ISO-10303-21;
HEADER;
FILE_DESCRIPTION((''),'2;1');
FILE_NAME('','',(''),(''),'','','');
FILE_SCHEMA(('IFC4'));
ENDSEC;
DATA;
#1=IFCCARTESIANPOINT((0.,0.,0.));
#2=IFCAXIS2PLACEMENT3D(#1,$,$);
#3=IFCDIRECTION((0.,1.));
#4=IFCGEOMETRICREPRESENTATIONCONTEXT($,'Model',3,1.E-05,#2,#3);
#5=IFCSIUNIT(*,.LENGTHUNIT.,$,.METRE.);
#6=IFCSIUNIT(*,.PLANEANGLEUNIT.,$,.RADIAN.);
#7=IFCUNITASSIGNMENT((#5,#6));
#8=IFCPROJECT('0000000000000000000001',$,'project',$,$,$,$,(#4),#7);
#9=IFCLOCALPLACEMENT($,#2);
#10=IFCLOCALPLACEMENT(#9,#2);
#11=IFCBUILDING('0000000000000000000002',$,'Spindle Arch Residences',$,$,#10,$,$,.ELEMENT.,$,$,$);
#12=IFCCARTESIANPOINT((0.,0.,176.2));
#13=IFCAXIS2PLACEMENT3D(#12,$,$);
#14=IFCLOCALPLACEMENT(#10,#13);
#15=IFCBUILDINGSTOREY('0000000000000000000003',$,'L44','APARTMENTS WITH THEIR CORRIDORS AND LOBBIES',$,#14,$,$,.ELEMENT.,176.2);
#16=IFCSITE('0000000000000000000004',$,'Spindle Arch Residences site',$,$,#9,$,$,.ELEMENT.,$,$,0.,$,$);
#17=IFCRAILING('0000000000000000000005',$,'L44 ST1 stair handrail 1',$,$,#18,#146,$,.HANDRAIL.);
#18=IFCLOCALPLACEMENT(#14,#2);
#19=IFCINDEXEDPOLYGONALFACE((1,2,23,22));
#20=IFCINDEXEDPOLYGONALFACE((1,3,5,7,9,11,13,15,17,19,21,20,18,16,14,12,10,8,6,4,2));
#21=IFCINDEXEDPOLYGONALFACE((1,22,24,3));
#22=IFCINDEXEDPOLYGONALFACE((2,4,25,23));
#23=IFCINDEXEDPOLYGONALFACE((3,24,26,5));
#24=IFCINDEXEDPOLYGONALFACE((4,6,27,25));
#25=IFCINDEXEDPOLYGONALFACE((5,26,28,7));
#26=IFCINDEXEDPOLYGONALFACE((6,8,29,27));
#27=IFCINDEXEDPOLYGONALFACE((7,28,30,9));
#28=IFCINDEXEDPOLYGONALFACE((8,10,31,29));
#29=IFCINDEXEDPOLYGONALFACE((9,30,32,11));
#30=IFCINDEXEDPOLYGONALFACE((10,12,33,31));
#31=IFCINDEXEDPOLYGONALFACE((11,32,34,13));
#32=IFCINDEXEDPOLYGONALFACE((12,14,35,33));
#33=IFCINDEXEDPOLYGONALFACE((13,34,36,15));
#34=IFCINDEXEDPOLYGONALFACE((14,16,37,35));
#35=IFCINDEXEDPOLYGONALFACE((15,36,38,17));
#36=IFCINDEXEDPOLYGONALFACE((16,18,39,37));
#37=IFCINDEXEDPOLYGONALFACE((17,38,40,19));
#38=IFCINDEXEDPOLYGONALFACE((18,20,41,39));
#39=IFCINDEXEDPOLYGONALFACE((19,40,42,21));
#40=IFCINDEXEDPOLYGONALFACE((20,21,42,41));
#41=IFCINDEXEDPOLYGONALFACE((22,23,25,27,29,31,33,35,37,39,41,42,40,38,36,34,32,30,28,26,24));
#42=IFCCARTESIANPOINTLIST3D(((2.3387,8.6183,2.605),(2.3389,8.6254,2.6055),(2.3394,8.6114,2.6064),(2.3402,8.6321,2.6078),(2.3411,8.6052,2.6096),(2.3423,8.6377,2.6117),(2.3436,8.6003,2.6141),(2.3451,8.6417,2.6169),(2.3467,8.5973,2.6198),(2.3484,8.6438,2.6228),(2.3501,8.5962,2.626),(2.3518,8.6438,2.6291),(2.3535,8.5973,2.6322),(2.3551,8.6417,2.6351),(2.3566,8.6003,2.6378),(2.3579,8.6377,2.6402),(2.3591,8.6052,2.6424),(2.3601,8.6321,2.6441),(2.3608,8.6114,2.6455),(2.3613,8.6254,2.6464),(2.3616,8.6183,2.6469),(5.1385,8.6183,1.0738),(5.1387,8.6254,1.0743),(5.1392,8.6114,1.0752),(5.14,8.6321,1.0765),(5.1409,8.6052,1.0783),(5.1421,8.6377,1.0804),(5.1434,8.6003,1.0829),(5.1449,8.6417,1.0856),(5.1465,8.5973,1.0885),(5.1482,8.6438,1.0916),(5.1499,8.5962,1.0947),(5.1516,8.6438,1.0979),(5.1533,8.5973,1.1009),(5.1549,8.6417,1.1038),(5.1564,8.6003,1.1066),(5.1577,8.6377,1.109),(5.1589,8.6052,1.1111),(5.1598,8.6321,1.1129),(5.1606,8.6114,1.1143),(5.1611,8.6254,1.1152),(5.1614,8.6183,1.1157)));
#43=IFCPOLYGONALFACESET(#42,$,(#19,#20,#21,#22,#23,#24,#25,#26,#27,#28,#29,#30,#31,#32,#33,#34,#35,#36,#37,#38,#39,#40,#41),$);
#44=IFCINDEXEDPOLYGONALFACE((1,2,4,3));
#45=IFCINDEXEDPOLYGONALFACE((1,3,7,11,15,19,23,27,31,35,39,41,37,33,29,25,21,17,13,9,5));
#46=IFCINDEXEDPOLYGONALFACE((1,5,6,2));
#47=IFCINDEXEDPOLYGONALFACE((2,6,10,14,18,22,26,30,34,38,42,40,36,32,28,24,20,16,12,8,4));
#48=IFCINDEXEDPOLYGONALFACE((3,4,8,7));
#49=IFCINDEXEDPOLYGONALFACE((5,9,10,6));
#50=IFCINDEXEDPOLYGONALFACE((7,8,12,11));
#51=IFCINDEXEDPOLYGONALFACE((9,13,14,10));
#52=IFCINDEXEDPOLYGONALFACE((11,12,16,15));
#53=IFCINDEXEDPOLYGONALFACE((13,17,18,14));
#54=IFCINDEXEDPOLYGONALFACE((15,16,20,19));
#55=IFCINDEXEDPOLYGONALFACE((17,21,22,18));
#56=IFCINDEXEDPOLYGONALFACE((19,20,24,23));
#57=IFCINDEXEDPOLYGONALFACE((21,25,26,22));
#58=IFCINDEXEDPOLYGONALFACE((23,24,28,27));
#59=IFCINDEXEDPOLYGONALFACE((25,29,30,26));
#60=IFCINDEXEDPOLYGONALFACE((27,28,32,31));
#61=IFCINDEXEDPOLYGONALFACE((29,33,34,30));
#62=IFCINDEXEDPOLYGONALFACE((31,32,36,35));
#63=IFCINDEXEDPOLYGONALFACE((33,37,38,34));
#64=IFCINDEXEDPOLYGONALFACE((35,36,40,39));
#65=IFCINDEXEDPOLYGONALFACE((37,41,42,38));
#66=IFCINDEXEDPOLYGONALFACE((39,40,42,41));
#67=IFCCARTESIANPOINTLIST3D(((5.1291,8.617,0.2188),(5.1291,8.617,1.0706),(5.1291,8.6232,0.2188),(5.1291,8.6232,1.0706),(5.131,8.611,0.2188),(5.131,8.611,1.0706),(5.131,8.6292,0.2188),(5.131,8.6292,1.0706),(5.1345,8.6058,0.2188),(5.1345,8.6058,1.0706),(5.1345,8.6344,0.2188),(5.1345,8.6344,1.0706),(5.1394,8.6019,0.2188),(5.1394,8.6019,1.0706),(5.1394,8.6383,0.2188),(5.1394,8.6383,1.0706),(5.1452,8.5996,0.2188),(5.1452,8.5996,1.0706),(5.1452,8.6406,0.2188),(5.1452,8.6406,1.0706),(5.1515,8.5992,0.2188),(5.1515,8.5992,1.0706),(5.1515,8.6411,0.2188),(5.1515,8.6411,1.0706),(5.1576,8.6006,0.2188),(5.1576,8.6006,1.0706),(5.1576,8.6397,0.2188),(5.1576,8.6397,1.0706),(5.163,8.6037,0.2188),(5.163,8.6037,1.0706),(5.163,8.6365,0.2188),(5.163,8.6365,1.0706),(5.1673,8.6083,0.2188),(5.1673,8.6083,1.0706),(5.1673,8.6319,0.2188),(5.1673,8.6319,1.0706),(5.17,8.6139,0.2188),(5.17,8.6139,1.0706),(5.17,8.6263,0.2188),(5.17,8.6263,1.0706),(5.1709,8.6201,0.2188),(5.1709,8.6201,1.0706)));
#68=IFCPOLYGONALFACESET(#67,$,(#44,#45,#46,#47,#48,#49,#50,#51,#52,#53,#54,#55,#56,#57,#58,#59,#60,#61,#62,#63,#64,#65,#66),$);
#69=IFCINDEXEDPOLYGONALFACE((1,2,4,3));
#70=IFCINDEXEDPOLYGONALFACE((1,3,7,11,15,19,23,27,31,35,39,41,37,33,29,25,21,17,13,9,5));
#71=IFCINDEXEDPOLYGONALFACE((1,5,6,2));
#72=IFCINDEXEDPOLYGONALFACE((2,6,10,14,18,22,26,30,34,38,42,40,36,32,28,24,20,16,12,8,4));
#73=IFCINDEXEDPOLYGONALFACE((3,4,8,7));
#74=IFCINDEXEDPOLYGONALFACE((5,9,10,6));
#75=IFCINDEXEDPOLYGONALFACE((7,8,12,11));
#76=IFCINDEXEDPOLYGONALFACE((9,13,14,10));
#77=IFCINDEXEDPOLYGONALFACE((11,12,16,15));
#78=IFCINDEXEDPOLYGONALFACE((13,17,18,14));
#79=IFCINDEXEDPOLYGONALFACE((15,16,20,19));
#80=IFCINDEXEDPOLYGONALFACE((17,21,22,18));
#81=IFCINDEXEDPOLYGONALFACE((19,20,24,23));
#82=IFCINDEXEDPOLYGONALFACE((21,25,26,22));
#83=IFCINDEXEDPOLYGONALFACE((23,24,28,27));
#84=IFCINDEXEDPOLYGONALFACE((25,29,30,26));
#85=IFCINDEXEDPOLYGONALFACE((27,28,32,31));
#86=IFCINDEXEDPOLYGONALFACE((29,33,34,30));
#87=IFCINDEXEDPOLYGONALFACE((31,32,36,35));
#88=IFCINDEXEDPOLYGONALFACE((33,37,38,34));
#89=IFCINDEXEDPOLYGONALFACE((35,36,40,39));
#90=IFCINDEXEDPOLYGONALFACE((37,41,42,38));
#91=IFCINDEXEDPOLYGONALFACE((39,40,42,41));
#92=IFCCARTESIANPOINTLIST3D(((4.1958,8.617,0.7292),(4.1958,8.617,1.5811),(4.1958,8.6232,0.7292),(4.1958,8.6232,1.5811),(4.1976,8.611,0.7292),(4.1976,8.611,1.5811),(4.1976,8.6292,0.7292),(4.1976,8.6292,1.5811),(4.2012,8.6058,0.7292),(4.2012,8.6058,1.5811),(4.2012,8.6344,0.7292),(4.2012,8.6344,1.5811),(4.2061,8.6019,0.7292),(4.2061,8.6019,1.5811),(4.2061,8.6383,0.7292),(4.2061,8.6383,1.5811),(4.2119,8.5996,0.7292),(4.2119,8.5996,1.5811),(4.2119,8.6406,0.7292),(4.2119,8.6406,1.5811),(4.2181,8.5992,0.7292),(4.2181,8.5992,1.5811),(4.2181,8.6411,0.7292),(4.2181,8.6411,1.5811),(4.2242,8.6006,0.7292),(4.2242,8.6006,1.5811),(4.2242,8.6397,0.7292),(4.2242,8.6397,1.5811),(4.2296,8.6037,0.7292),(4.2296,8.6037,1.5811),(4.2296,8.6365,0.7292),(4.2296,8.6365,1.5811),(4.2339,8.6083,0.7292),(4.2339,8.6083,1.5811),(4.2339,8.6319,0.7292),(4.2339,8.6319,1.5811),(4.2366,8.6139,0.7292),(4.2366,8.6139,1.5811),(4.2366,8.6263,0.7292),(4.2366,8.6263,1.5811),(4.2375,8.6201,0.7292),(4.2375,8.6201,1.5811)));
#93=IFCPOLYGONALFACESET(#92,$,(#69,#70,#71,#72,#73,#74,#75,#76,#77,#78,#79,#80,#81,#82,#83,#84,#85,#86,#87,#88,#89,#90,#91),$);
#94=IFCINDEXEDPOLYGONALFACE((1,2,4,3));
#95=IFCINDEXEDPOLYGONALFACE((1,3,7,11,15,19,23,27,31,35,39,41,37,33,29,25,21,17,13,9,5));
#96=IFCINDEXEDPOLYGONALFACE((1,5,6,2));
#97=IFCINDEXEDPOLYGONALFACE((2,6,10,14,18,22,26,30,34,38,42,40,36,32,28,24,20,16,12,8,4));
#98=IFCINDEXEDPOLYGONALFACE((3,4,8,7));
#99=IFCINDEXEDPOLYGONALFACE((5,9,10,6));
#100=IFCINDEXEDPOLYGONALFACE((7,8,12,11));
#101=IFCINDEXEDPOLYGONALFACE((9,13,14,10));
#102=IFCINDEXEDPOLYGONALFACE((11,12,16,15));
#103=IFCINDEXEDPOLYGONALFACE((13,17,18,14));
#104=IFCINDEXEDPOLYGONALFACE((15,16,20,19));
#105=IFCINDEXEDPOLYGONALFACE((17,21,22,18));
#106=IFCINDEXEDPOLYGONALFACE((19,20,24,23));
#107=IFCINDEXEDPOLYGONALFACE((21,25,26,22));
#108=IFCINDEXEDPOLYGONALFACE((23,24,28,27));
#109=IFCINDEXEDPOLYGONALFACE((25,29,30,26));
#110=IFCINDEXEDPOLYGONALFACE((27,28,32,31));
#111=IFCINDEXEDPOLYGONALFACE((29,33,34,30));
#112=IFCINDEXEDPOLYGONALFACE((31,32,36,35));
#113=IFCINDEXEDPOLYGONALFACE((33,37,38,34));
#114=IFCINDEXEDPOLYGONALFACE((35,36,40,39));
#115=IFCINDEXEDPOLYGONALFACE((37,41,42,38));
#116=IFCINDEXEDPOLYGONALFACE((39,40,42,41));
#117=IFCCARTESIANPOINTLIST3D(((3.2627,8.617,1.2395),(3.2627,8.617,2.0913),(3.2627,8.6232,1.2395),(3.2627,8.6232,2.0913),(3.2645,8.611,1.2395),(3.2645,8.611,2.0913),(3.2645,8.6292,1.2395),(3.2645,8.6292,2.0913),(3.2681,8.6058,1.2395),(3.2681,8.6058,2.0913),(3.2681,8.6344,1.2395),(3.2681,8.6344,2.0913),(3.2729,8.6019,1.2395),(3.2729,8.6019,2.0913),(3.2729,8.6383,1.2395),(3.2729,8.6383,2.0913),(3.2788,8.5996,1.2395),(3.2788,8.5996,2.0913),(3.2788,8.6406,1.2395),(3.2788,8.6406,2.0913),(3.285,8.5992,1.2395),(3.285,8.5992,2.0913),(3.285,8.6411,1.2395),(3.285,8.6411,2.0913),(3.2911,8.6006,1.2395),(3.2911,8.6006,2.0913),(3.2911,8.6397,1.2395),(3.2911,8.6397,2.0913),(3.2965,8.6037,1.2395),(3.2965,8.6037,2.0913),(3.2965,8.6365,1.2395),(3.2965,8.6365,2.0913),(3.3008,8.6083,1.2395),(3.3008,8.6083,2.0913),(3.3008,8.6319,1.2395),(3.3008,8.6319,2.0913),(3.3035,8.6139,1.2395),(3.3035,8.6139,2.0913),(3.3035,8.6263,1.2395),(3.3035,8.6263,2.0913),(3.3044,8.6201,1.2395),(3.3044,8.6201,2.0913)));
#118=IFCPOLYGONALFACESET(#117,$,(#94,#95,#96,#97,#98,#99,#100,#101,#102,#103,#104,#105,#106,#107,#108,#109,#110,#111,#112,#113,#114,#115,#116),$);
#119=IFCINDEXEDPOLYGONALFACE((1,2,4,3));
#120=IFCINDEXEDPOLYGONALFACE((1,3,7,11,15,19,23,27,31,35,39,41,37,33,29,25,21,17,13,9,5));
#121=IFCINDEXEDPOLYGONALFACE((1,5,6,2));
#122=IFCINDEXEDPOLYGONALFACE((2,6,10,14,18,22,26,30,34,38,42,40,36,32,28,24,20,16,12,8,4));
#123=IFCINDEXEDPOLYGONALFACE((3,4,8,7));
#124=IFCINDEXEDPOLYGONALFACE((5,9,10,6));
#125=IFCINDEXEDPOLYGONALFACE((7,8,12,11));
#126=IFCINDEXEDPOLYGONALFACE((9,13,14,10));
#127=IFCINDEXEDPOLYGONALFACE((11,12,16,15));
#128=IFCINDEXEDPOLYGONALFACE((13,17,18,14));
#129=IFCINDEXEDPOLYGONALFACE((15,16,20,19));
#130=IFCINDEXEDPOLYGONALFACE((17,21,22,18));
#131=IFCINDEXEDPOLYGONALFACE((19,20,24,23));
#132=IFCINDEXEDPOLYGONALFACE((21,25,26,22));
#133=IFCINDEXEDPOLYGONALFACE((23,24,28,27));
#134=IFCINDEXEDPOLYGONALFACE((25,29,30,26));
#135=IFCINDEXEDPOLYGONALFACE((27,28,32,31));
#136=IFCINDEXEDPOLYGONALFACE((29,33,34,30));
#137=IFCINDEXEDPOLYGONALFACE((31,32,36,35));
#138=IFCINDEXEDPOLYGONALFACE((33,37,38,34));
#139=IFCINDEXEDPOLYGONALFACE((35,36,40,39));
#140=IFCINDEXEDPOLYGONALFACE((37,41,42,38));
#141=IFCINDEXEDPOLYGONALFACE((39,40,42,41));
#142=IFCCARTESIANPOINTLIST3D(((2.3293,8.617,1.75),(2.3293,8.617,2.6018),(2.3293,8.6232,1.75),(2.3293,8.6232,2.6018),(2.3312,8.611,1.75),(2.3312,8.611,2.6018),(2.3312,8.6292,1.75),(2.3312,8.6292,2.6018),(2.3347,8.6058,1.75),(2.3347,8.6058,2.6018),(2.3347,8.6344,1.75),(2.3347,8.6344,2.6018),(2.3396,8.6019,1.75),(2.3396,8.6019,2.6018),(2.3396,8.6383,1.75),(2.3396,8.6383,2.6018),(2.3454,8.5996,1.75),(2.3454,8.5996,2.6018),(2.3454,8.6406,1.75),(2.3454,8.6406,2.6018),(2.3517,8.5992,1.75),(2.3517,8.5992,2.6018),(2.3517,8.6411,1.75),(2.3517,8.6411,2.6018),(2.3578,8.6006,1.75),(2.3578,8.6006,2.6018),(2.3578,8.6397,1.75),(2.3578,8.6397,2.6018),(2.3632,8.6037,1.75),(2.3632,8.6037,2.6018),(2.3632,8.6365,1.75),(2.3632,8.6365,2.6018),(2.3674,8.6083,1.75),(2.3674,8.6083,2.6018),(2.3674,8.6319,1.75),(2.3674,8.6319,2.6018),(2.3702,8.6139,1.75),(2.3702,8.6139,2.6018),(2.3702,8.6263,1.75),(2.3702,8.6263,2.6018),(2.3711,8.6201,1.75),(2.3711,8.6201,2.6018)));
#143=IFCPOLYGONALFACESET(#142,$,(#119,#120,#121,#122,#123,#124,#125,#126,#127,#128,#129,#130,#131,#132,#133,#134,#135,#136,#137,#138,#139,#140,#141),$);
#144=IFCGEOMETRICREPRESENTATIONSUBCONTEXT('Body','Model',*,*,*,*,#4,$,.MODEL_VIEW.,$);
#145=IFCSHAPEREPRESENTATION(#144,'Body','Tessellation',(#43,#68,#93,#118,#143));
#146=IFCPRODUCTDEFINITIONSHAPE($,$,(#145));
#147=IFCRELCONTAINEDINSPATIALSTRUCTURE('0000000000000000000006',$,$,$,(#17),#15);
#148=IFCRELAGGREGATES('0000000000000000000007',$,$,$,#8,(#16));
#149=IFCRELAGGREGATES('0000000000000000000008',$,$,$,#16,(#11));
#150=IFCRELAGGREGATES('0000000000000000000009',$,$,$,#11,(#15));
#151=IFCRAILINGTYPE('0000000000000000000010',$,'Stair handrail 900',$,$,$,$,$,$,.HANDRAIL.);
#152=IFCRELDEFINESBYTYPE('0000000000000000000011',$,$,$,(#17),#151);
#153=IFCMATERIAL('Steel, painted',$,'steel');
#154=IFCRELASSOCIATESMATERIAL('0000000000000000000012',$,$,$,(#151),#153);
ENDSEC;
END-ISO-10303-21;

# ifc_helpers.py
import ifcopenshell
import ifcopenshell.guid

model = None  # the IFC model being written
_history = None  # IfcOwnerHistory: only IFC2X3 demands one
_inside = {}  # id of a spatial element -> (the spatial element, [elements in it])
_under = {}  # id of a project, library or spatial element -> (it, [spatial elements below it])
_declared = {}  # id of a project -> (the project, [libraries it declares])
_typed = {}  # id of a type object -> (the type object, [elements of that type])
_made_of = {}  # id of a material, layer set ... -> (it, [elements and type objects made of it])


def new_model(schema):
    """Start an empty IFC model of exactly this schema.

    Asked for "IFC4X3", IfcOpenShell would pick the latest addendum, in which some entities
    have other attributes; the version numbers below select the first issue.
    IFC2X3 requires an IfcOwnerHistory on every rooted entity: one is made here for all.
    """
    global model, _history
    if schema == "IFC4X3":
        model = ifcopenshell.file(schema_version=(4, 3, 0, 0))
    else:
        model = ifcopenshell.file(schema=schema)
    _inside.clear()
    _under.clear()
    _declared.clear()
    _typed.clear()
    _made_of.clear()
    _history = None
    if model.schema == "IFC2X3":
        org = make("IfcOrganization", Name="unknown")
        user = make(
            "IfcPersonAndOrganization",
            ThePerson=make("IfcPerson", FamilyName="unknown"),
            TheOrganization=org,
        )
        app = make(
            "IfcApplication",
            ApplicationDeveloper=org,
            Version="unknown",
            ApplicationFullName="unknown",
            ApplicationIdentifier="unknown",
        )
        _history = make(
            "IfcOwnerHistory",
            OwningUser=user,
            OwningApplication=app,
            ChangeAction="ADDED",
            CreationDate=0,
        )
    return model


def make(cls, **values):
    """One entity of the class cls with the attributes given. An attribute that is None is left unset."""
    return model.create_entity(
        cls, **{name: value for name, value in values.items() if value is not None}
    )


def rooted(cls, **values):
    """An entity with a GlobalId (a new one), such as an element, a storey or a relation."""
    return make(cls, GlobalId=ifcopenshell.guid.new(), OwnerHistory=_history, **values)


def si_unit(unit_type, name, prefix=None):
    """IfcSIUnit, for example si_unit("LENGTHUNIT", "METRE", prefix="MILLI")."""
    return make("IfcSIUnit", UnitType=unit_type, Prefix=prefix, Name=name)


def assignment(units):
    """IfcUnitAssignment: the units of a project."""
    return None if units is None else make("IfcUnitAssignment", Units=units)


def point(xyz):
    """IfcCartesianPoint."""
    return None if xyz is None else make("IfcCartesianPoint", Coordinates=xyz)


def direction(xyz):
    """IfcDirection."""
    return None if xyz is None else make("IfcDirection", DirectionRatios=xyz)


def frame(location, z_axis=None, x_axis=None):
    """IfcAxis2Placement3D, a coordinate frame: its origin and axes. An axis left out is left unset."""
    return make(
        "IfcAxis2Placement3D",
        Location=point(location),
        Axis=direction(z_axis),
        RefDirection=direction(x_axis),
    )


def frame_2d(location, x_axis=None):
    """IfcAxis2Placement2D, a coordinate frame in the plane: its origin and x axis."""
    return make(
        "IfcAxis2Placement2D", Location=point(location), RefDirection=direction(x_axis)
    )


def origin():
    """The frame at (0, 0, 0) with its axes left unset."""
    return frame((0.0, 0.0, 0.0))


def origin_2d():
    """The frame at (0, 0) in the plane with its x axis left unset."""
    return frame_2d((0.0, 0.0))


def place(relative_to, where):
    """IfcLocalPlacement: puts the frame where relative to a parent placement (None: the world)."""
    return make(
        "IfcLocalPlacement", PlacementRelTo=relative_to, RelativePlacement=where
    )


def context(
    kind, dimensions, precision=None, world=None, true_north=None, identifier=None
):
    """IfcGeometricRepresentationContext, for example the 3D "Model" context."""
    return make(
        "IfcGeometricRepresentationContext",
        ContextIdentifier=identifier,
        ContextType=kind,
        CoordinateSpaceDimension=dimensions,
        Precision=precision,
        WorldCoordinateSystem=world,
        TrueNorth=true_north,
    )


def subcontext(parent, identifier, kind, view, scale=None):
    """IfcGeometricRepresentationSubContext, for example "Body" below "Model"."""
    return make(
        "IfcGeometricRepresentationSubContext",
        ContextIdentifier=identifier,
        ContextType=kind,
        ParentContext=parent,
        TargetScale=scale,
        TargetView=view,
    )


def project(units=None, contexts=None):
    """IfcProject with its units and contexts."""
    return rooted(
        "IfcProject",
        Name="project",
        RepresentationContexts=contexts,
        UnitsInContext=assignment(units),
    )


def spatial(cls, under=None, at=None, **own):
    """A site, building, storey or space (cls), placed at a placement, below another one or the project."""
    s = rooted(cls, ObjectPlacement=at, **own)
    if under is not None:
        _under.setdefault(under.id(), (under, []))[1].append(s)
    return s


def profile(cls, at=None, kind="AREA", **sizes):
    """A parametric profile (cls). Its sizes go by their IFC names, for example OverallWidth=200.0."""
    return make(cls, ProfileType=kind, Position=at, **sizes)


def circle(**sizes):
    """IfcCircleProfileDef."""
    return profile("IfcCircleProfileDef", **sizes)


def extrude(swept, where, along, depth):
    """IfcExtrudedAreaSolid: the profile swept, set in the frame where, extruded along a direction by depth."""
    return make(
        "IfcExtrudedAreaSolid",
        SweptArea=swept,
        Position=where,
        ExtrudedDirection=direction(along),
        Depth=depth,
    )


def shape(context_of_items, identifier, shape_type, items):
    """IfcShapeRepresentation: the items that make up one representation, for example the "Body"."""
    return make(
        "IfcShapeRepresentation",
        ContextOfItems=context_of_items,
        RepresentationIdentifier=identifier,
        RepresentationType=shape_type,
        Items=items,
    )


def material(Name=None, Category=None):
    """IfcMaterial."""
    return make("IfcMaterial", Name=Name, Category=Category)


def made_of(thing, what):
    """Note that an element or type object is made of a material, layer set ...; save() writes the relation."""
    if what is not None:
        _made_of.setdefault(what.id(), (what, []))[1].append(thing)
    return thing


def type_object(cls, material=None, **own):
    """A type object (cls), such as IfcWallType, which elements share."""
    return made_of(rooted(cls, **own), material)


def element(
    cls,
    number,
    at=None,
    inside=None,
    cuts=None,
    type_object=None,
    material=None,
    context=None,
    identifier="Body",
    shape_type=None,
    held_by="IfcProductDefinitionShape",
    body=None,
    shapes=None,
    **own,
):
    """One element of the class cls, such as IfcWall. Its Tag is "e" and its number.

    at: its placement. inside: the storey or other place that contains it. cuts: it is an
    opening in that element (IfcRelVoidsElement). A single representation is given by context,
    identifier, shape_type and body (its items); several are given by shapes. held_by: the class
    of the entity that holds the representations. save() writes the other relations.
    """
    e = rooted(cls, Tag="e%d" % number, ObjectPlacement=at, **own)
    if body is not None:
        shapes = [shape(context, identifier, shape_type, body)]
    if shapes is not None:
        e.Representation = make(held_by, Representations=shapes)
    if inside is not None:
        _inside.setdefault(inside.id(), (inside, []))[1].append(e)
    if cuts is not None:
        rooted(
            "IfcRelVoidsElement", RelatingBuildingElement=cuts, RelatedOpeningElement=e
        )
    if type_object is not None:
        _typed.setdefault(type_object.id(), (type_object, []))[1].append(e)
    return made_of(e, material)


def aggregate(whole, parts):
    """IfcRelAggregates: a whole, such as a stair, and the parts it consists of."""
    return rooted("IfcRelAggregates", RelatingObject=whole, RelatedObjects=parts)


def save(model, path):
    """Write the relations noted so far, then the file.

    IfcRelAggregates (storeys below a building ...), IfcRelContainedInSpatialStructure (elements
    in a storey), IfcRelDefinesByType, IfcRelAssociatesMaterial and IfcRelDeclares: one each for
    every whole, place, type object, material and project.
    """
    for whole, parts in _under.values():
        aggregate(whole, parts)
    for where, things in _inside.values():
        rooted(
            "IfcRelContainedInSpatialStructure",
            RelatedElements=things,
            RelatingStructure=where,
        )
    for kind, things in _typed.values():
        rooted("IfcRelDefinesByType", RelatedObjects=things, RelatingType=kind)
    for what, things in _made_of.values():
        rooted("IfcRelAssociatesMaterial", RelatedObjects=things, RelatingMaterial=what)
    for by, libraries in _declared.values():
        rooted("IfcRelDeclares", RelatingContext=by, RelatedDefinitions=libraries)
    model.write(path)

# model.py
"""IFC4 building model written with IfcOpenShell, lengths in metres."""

from ifc_helpers import new_model, si_unit, direction, frame, origin, origin_2d, place, context, subcontext, project, spatial, circle, extrude, material, type_object, element, save


model = new_model("IFC4")

# Units and contexts
model_context = context("Model", 3, precision=1e-05, world=origin(), true_north=direction((0.0, 1.0)))
body_context = subcontext(model_context, "Body", "Model", "MODEL_VIEW")
ifc_project = project(units=[si_unit("LENGTHUNIT", "METRE"), si_unit("PLANEANGLEUNIT", "RADIAN")], contexts=[model_context])

# Site, building, storey
site_placement = place(None, origin())
site = spatial("IfcSite", under=ifc_project, at=site_placement, Name="Spindle Arch Residences site", CompositionType="ELEMENT", RefElevation=0.0)
building_placement = place(site_placement, origin())
building = spatial("IfcBuilding", under=site, at=building_placement, Name="Spindle Arch Residences", CompositionType="ELEMENT")
storey_placement = place(building_placement, frame((0.0, 0.0, 176.2)))
storey = spatial("IfcBuildingStorey", under=building, at=storey_placement, Name="L44", Description="APARTMENTS WITH THEIR CORRIDORS AND LOBBIES", CompositionType="ELEMENT", Elevation=176.2)

# Railing
ifc_material_1 = material(Name="Steel, painted", Category="steel")
railing_type_1 = type_object("IfcRailingType", Name="Stair handrail 900", PredefinedType="HANDRAIL", material=ifc_material_1)
railing_1_placement = place(storey_placement, frame((5.1499, 8.6201, 0.2188)))
element("IfcRailing", 1, at=railing_1_placement, inside=storey, type_object=railing_type_1, Name="L44 ST1 stair handrail 1", PredefinedType="HANDRAIL", context=body_context, shape_type="SweptSolid", body=[
    extrude(circle(Radius=0.0239, at=origin_2d()), frame((0.0, 0.0, 0.876), z_axis=(-0.877357, 0.0, 0.479838), x_axis=(0.0, -1.0, 0.0)), (0.0, 0.0, 1.0), 3.1912),
    extrude(circle(Radius=0.021, at=origin_2d()), origin(), (0.0, 0.0, 1.0), 0.8518),
    extrude(circle(Radius=0.021, at=origin_2d()), frame((-0.9333, 0.0, 0.5105)), (0.0, 0.0, 1.0), 0.8518),
    extrude(circle(Radius=0.021, at=origin_2d()), frame((-1.8665, 0.0, 1.0208)), (0.0, 0.0, 1.0), 0.8518),
    extrude(circle(Radius=0.021, at=origin_2d()), frame((-2.7998, 0.0, 1.5312)), (0.0, 0.0, 1.0), 0.8518),
])

save(model, "model.ifc")
